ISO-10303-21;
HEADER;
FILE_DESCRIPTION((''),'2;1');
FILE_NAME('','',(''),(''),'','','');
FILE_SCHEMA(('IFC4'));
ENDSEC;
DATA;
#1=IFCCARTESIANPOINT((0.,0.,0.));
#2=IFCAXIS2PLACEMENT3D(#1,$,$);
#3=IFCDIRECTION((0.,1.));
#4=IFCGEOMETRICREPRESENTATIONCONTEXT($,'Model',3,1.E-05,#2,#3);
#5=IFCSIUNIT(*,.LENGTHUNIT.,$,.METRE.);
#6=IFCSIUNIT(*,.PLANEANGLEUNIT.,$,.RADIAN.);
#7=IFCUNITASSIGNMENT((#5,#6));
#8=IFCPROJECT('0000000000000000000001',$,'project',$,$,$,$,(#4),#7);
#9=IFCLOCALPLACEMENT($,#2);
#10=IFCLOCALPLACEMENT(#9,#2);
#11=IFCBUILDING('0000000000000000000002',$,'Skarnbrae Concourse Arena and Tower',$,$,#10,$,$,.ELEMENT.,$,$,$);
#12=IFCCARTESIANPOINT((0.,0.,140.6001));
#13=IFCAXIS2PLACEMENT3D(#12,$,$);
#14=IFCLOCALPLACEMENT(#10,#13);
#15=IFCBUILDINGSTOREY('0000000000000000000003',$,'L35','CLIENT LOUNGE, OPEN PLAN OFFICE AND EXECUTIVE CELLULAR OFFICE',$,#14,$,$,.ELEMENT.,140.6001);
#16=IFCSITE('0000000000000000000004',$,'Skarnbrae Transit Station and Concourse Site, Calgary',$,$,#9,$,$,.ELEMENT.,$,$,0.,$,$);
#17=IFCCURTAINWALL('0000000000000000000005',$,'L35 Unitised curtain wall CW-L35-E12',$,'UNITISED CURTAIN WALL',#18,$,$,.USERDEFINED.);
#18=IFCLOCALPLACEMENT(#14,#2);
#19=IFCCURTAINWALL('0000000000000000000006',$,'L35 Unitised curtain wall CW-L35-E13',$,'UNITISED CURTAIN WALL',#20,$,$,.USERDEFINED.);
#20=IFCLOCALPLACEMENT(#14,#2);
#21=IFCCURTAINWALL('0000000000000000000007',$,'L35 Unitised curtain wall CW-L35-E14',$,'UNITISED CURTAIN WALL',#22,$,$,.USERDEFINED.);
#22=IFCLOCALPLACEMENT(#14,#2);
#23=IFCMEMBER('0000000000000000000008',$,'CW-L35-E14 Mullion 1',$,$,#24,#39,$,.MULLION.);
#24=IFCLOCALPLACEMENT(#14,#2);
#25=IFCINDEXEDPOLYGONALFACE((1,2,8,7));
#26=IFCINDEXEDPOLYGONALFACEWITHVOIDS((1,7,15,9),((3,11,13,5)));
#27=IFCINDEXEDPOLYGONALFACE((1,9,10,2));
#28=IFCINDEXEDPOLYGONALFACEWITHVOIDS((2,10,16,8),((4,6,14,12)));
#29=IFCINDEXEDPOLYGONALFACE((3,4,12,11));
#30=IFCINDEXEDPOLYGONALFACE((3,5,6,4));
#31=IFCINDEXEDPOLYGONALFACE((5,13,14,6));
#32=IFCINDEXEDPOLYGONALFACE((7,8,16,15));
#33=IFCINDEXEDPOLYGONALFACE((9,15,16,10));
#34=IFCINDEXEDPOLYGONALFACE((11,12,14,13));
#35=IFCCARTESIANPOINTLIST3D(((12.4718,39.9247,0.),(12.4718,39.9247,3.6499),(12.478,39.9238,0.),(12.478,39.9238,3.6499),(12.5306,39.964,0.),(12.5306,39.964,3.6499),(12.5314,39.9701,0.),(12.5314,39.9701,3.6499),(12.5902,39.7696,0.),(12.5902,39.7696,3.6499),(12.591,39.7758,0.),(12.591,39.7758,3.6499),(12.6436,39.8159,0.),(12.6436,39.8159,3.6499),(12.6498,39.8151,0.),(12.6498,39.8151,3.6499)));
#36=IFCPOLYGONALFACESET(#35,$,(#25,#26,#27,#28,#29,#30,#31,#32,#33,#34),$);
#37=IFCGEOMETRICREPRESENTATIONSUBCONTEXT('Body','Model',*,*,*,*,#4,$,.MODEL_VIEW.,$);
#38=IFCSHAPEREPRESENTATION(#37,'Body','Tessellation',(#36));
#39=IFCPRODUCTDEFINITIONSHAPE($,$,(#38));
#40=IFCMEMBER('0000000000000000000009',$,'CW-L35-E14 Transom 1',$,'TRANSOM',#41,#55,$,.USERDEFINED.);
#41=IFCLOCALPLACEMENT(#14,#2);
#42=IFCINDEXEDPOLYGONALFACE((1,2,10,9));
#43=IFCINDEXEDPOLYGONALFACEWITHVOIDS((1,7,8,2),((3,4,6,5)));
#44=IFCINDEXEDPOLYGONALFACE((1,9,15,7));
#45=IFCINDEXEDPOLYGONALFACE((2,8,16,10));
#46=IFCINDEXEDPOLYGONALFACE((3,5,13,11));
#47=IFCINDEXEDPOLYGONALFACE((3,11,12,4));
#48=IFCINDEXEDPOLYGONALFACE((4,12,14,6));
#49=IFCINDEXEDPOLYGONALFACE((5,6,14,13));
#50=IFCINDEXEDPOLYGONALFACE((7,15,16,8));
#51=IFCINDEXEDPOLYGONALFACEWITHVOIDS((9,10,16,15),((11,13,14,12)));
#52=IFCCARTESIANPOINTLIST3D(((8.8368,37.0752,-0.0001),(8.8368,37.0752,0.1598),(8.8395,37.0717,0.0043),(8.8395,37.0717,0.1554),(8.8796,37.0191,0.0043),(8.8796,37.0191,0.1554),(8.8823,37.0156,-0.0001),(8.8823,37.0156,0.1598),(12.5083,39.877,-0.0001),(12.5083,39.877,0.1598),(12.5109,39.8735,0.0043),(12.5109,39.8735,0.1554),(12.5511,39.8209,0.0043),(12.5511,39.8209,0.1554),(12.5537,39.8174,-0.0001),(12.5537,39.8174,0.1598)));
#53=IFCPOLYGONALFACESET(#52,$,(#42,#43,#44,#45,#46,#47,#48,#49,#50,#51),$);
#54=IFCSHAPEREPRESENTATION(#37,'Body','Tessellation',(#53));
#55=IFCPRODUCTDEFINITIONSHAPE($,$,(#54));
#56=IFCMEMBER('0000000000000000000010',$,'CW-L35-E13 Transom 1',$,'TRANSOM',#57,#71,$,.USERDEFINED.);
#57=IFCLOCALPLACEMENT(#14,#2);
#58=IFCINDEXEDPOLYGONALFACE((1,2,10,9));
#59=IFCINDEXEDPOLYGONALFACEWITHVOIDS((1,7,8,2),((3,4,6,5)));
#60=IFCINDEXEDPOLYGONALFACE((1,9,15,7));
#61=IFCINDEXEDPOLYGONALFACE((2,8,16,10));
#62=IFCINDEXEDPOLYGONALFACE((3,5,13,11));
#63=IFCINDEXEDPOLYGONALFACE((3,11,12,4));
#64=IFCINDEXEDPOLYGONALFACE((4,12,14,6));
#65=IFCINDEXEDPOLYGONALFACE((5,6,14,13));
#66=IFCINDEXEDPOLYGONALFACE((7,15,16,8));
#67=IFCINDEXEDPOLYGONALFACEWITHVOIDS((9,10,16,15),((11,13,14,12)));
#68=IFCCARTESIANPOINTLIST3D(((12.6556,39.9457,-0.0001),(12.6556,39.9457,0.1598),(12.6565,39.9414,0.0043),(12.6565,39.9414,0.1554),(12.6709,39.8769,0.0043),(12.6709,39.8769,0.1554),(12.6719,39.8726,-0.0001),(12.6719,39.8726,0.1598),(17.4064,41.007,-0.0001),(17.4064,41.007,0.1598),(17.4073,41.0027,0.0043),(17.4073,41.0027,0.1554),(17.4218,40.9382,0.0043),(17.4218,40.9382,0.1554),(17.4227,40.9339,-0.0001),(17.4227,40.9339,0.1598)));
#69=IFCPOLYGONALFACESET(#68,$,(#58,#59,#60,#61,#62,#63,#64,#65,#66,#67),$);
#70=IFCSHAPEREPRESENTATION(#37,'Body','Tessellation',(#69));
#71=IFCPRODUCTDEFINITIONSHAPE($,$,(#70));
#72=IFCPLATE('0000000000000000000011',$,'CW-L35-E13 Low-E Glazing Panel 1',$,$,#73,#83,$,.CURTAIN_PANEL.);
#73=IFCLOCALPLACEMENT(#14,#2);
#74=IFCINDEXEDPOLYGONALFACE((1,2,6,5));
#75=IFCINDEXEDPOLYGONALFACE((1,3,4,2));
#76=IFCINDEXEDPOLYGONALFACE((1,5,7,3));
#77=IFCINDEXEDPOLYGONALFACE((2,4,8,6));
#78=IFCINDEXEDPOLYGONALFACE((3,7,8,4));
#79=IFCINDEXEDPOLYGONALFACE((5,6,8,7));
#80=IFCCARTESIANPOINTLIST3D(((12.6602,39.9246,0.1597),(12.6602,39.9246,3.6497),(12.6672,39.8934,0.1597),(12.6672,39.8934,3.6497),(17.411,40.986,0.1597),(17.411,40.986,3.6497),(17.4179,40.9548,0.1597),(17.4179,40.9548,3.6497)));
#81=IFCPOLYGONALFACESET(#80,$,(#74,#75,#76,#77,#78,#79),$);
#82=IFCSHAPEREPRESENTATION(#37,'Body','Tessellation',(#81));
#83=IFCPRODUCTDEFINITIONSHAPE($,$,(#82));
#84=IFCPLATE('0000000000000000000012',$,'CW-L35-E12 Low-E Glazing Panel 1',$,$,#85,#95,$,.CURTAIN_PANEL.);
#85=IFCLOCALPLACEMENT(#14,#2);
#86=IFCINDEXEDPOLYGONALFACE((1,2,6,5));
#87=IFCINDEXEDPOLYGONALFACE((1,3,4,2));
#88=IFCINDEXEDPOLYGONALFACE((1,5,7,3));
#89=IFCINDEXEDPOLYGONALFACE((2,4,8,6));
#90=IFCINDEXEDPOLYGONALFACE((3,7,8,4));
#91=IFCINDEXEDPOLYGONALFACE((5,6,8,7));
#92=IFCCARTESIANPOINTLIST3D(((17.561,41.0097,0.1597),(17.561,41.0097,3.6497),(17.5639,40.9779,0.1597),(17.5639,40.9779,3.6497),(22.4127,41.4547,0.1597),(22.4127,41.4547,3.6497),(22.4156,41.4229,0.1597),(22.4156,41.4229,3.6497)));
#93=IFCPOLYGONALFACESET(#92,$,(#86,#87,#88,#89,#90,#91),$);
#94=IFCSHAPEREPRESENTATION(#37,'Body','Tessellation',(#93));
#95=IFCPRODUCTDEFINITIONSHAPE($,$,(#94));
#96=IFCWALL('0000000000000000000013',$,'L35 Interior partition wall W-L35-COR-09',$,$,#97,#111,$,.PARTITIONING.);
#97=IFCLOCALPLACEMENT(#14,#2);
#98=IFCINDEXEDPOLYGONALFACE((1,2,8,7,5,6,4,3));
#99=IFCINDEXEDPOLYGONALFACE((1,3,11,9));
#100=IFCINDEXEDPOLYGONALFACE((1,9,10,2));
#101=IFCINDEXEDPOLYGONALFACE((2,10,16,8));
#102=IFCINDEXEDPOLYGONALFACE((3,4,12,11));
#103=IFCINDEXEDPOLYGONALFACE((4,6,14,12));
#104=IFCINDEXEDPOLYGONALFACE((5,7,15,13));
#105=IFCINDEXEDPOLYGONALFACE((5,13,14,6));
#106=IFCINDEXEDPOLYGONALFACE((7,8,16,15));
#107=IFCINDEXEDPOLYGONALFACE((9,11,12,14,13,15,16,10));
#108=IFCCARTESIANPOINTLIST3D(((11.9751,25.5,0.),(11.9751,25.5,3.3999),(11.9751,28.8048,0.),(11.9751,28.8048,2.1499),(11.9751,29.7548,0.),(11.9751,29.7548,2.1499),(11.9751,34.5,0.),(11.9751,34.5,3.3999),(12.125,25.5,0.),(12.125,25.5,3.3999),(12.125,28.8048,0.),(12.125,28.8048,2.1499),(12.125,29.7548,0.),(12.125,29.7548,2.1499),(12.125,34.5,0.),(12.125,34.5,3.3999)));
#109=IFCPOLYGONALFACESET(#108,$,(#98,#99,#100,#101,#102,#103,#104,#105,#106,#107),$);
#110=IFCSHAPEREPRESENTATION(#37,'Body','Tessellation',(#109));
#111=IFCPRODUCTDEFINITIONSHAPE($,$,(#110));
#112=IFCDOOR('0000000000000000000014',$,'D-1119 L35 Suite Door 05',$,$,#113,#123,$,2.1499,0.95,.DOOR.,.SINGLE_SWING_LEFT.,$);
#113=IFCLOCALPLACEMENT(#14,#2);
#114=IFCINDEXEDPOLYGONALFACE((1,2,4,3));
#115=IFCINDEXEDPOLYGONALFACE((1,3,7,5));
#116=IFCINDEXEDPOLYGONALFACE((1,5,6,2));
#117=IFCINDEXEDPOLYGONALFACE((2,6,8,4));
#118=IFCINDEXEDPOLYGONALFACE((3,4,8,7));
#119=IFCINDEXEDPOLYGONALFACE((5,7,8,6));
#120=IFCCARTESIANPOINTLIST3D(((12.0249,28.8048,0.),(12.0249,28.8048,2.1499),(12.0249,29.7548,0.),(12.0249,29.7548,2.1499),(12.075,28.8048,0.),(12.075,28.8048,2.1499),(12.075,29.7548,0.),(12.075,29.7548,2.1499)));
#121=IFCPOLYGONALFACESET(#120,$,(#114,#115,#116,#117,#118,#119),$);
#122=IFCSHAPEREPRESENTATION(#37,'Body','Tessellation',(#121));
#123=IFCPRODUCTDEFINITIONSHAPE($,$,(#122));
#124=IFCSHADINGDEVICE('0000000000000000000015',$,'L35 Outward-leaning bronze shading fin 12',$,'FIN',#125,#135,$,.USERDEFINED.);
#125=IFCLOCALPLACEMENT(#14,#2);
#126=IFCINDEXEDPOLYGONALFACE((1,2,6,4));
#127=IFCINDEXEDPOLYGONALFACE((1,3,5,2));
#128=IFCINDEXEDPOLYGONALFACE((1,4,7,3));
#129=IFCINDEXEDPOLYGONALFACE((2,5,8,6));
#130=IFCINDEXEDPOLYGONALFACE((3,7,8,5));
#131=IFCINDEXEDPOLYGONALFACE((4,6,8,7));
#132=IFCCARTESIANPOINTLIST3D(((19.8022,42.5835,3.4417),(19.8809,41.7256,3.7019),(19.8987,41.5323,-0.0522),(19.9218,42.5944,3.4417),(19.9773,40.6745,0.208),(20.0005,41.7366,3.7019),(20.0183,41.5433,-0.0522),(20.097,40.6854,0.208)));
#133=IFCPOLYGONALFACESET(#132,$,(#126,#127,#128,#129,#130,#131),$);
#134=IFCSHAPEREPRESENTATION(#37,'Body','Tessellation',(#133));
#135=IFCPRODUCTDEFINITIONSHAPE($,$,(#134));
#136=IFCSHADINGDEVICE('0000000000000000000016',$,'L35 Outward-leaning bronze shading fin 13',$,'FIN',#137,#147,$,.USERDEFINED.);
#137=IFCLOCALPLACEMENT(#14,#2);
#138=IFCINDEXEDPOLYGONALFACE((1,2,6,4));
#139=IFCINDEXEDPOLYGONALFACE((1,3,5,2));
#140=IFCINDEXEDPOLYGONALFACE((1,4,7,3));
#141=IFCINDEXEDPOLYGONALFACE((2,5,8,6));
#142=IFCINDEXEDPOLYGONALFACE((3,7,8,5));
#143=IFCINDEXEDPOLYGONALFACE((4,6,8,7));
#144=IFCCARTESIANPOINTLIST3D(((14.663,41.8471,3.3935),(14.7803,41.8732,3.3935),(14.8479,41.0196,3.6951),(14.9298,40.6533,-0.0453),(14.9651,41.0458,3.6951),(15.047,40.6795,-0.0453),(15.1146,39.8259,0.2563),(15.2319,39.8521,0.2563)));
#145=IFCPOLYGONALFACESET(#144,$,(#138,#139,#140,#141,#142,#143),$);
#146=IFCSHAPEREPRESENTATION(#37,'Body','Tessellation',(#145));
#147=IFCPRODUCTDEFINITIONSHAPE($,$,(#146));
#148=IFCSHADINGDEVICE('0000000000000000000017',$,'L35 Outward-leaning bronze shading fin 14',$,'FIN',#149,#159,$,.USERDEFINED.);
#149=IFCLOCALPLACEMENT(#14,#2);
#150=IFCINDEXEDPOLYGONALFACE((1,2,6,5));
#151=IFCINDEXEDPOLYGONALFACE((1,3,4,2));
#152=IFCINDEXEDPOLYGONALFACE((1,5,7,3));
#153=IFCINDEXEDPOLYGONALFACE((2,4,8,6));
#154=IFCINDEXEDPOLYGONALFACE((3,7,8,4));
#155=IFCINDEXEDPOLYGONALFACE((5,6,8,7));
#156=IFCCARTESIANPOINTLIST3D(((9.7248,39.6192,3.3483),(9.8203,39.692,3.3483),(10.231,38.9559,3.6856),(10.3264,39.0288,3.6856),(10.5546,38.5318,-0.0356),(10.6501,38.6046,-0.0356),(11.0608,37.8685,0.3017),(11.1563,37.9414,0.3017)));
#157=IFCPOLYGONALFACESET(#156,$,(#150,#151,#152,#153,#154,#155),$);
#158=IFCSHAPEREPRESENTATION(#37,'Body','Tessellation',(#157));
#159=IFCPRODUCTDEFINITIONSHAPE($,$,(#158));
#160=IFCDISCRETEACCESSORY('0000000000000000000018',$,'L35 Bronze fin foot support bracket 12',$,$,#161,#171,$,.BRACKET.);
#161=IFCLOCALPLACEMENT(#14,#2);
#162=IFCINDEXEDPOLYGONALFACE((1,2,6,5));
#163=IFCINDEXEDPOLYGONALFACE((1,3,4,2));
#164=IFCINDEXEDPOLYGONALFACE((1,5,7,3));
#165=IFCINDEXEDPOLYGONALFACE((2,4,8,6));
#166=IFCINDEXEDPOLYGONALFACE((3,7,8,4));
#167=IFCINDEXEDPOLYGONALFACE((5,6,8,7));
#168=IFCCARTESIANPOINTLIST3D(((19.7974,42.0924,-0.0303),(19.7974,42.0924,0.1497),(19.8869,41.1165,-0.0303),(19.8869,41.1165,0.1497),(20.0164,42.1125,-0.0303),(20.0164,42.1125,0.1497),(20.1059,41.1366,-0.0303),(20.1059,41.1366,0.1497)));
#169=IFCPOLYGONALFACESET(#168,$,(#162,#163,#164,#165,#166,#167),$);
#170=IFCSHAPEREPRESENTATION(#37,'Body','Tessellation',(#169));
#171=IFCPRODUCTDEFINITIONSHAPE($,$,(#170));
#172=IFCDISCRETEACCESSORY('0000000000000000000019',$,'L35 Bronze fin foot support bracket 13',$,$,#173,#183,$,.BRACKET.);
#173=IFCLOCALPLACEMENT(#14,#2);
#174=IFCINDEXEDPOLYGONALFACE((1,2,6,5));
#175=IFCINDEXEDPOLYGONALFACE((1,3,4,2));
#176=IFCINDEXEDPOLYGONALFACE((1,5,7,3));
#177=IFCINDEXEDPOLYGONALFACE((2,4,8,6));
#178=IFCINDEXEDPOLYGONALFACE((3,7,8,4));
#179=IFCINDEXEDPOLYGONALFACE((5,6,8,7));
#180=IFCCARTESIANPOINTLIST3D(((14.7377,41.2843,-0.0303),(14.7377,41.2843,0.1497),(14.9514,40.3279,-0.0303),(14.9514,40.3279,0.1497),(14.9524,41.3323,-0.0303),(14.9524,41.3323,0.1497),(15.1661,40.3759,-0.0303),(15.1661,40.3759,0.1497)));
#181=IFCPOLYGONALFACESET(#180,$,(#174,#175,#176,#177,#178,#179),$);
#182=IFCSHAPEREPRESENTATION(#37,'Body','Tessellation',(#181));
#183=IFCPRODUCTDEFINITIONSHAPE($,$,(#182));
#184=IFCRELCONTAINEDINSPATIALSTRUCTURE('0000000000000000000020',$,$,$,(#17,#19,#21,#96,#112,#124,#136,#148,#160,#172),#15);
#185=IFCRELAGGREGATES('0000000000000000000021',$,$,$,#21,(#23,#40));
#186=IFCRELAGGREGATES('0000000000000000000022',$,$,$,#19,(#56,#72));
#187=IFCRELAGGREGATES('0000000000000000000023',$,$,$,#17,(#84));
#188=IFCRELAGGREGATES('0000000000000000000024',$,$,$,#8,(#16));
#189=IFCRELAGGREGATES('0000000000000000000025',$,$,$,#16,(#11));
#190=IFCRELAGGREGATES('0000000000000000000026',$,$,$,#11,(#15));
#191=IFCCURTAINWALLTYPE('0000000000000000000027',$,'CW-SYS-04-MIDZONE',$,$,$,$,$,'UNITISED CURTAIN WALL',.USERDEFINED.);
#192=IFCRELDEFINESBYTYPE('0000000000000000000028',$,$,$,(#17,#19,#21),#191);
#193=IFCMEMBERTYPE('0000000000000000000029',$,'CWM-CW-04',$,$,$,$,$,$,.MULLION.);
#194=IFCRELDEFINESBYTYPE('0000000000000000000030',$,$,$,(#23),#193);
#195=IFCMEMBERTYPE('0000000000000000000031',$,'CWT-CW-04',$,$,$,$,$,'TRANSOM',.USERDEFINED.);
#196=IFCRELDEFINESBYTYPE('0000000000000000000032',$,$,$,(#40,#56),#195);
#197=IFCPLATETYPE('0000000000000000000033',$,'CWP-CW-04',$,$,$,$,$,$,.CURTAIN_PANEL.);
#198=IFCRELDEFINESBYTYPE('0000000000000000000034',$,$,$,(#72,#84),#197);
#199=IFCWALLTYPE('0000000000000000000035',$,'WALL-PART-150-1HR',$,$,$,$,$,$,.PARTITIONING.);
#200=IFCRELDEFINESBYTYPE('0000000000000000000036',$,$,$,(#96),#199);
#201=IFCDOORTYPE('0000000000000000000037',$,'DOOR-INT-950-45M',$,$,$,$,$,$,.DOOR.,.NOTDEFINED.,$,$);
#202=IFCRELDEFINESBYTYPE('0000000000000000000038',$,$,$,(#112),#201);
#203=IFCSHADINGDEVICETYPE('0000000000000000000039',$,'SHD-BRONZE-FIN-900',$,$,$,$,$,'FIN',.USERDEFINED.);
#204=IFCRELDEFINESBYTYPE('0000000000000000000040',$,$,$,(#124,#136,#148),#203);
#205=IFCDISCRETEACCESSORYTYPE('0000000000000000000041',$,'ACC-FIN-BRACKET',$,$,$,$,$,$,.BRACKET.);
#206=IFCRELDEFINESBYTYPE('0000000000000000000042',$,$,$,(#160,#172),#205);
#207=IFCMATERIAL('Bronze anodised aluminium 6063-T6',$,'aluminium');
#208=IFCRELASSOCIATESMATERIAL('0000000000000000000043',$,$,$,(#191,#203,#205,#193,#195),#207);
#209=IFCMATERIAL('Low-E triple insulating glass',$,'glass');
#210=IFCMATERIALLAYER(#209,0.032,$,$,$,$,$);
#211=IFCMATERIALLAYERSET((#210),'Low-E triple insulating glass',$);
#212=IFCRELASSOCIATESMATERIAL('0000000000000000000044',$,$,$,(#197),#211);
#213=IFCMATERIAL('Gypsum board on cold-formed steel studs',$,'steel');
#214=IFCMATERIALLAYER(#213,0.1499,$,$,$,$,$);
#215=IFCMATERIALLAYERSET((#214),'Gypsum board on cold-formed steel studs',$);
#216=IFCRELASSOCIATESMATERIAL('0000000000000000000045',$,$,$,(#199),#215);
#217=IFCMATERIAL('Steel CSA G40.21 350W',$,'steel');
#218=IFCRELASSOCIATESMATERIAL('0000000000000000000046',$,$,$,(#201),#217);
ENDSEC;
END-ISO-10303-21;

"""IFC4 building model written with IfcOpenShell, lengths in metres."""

from ifc_helpers import new_model, si_unit, direction, frame, frame_2d, origin, origin_2d, place, context, subcontext, project, spatial, rectangle, hollow_rectangle, extrude, source, transform, mapped, material, layer, layer_set, material_profile, profile_set, type_object, element, fill, aggregate, save


model = new_model("IFC4")

# Units and contexts
model_context = context("Model", 3, precision=1e-05, world=origin(), true_north=direction((0.0, 1.0)))
body_context = subcontext(model_context, "Body", "Model", "MODEL_VIEW")
ifc_project = project(units=[si_unit("LENGTHUNIT", "METRE"), si_unit("PLANEANGLEUNIT", "RADIAN")], contexts=[model_context])

# Site, building, storey
site_placement = place(None, origin())
site = spatial("IfcSite", under=ifc_project, at=site_placement, Name="Skarnbrae Transit Station and Concourse Site, Calgary", CompositionType="ELEMENT", RefElevation=0.0)
building_placement = place(site_placement, origin())
building = spatial("IfcBuilding", under=site, at=building_placement, Name="Skarnbrae Concourse Arena and Tower", CompositionType="ELEMENT")
storey_placement = place(building_placement, frame((0.0, 0.0, 140.6001)))
storey = spatial("IfcBuildingStorey", under=building, at=storey_placement, Name="L35", Description="CLIENT LOUNGE, OPEN PLAN OFFICE AND EXECUTIVE CELLULAR OFFICE", CompositionType="ELEMENT", Elevation=140.6001)

# Shared definitions
ifc_material_1 = material(Name="Steel CSA G40.21 350W", Category="steel")

# Curtain wall
ifc_material_2 = material(Name="Bronze anodised aluminium 6063-T6", Category="aluminium")
curtain_wall_type = type_object("IfcCurtainWallType", Name="CW-SYS-04-MIDZONE", ElementType="UNITISED CURTAIN WALL", PredefinedType="USERDEFINED", material=ifc_material_2)
curtain_wall_1_placement = place(storey_placement, origin())
curtain_wall_1 = element("IfcCurtainWall", 1, at=curtain_wall_1_placement, inside=storey, type_object=curtain_wall_type, Name="L35 Unitised curtain wall CW-L35-E12", ObjectType="UNITISED CURTAIN WALL", PredefinedType="USERDEFINED")
ifc_material_profile_1 = material_profile(ifc_material_2, hollow_rectangle(XDim=0.075, YDim=0.1951, WallThickness=0.0044, at=origin_2d()), Name="ALU-MULL-75X195")
ifc_profile_set_1 = profile_set([ifc_material_profile_1], Name="Bronze anodised aluminium 6063-T6")
member_type_1 = type_object("IfcMemberType", Name="CWM-CW-04", PredefinedType="MULLION", material=ifc_profile_set_1)
shared_shape_1 = source(origin(), body_context, "Body", "SweptSolid", [
    extrude(hollow_rectangle(XDim=0.075, YDim=0.1951, WallThickness=0.0044, at=origin_2d()), origin(), (0.0, 0.0, 1.0), 3.6499),
])

# Curtain walls, members
curtain_wall_2_placement = place(storey_placement, origin())
curtain_wall_2 = element("IfcCurtainWall", 2, at=curtain_wall_2_placement, inside=storey, type_object=curtain_wall_type, Name="L35 Unitised curtain wall CW-L35-E13", ObjectType="UNITISED CURTAIN WALL", PredefinedType="USERDEFINED")
curtain_wall_3_placement = place(storey_placement, origin())
curtain_wall_3 = element("IfcCurtainWall", 3, at=curtain_wall_3_placement, inside=storey, type_object=curtain_wall_type, Name="L35 Unitised curtain wall CW-L35-E14", ObjectType="UNITISED CURTAIN WALL", PredefinedType="USERDEFINED")
member_1_placement = place(storey_placement, frame((12.5608, 39.8699, 0.0), z_axis=(0.0, 0.0, 1.0), x_axis=(-0.794956, -0.606667, 0.0)))
member_1 = element("IfcMember", 4, at=member_1_placement, type_object=member_type_1, Name="CW-L35-E14 Mullion 1", PredefinedType="MULLION", context=body_context, shape_type="MappedRepresentation", body=[
    mapped(shared_shape_1, transform((0.0, 0.0, 0.0))),
])
ifc_material_profile_2 = material_profile(ifc_material_2, hollow_rectangle(XDim=0.075, YDim=0.1599, WallThickness=0.0044, at=origin_2d()), Name="ALU-TRAN-75X160")
ifc_profile_set_2 = profile_set([ifc_material_profile_2], Name="Bronze anodised aluminium 6063-T6")
member_type_2 = type_object("IfcMemberType", Name="CWT-CW-04", ElementType="TRANSOM", PredefinedType="USERDEFINED", material=ifc_profile_set_2)
shared_shape_2 = source(origin(), body_context, "Body", "SweptSolid", [
    extrude(hollow_rectangle(XDim=0.075, YDim=0.1599, WallThickness=0.0044, at=origin_2d()), origin(), (0.0, 0.0, 1.0), 4.6184),
])
member_2_placement = place(storey_placement, frame((12.531, 39.8472, 0.0798), z_axis=(-0.794961, -0.606661, 0.0), x_axis=(0.606661, -0.794961, 0.0)))
member_2 = element("IfcMember", 5, at=member_2_placement, type_object=member_type_2, Name="CW-L35-E14 Transom 1", ObjectType="TRANSOM", PredefinedType="USERDEFINED", context=body_context, shape_type="MappedRepresentation", body=[
    mapped(shared_shape_2, transform((0.0, 0.0, 0.0))),
])
aggregate(curtain_wall_3, [member_1, member_2])

# Member
shared_shape_3 = source(origin(), body_context, "Body", "SweptSolid", [
    extrude(hollow_rectangle(XDim=0.075, YDim=0.1599, WallThickness=0.0044, at=origin_2d()), origin(), (0.0, 0.0, 1.0), 4.8679),
])
member_3_placement = place(storey_placement, frame((17.4146, 40.9705, 0.0798), z_axis=(-0.975945, -0.218019, 0.0), x_axis=(0.218019, -0.975945, 0.0)))
member_3 = element("IfcMember", 6, at=member_3_placement, type_object=member_type_2, Name="CW-L35-E13 Transom 1", ObjectType="TRANSOM", PredefinedType="USERDEFINED", context=body_context, shape_type="MappedRepresentation", body=[
    mapped(shared_shape_3, transform((0.0, 0.0, 0.0))),
])

# Plates
ifc_material_3 = material(Name="Low-E triple insulating glass", Category="glass")
ifc_layer_1 = layer(ifc_material_3, 0.032)
ifc_layer_set_1 = layer_set([ifc_layer_1], Name="Low-E triple insulating glass")
plate_type = type_object("IfcPlateType", Name="CWP-CW-04", PredefinedType="CURTAIN_PANEL", material=ifc_layer_set_1)
shared_shape_4 = source(origin(), body_context, "Body", "SweptSolid", [
    extrude(rectangle(XDim=4.8679, YDim=0.032, at=origin_2d()), origin(), (0.0, 0.0, 1.0), 3.49),
])
plate_1_placement = place(storey_placement, frame((15.0391, 40.4397, 0.1597), z_axis=(0.0, 0.0, 1.0), x_axis=(-0.975936, -0.218056, 0.0)))
plate_1 = element("IfcPlate", 7, at=plate_1_placement, type_object=plate_type, Name="CW-L35-E13 Low-E Glazing Panel 1", PredefinedType="CURTAIN_PANEL", context=body_context, shape_type="MappedRepresentation", body=[
    mapped(shared_shape_4, transform((0.0, 0.0, 0.0))),
])
aggregate(curtain_wall_2, [member_3, plate_1])
shared_shape_5 = source(origin(), body_context, "Body", "SweptSolid", [
    extrude(rectangle(XDim=4.8721, YDim=0.032, at=origin_2d()), origin(), (0.0, 0.0, 1.0), 3.49),
])
plate_2_placement = place(storey_placement, frame((19.9883, 41.2163, 0.1597), z_axis=(0.0, 0.0, 1.0), x_axis=(-0.99582, -0.091338, 0.0)))
plate_2 = element("IfcPlate", 8, at=plate_2_placement, type_object=plate_type, Name="CW-L35-E12 Low-E Glazing Panel 1", PredefinedType="CURTAIN_PANEL", context=body_context, shape_type="MappedRepresentation", body=[
    mapped(shared_shape_5, transform((0.0, 0.0, 0.0))),
])
aggregate(curtain_wall_1, [plate_2])

# Wall, opening, door
ifc_material_4 = material(Name="Gypsum board on cold-formed steel studs", Category="steel")
ifc_layer_2 = layer(ifc_material_4, 0.1499)
ifc_layer_set_2 = layer_set([ifc_layer_2], Name="Gypsum board on cold-formed steel studs")
wall_type = type_object("IfcWallType", Name="WALL-PART-150-1HR", PredefinedType="PARTITIONING", material=ifc_layer_set_2)
shared_shape_6 = source(origin(), body_context, "Body", "SweptSolid", [
    extrude(rectangle(XDim=9.0, YDim=0.1499, at=frame_2d((4.5, 0.0))), origin(), (0.0, 0.0, 1.0), 3.3999),
])
wall_placement = place(storey_placement, frame((12.05, 34.5, 0.0), z_axis=(0.0, 0.0, 1.0), x_axis=(0.0, -1.0, 0.0)))
wall = element("IfcWall", 9, at=wall_placement, inside=storey, type_object=wall_type, Name="L35 Interior partition wall W-L35-COR-09", PredefinedType="PARTITIONING", context=body_context, shape_type="MappedRepresentation", body=[
    mapped(shared_shape_6, transform((0.0, 0.0, 0.0))),
])
opening_placement = place(wall_placement, frame((4.7451, 0.0, 0.0)))
opening = element("IfcOpeningElement", 10, at=opening_placement, cuts=wall, PredefinedType="OPENING", context=body_context, shape_type="SweptSolid", body=[
    extrude(rectangle(XDim=0.95, YDim=2.1499, at=frame_2d((0.4751, 1.075))), frame((0.0, 0.085, 0.0), z_axis=(0.0, -1.0, 0.0), x_axis=(1.0, 0.0, 0.0)), (0.0, 0.0, 1.0), 0.1699),
])
door_type = type_object("IfcDoorType", Name="DOOR-INT-950-45M", OperationType="NOTDEFINED", PredefinedType="DOOR", material=ifc_material_1)
shared_shape_7 = source(origin(), body_context, "Body", "SweptSolid", [
    extrude(rectangle(XDim=0.95, YDim=2.1499, at=frame_2d((0.4751, 1.075))), frame((0.0, 0.0249, 0.0), z_axis=(0.0, -1.0, 0.0), x_axis=(1.0, 0.0, 0.0)), (0.0, 0.0, 1.0), 0.05),
])
door_placement = place(opening_placement, origin())
door = element("IfcDoor", 11, at=door_placement, inside=storey, type_object=door_type, Name="D-1119 L35 Suite Door 05", OperationType="SINGLE_SWING_LEFT", OverallHeight=2.1499, OverallWidth=0.95, PredefinedType="DOOR", context=body_context, shape_type="MappedRepresentation", body=[
    mapped(shared_shape_7, transform((0.0, 0.0, 0.0))),
])
fill(opening, door)

# Shading devices
shading_device_type = type_object("IfcShadingDeviceType", Name="SHD-BRONZE-FIN-900", ElementType="FIN", PredefinedType="USERDEFINED", material=ifc_material_2)
shared_shape_8 = source(origin(), body_context, "Body", "SweptSolid", [
    extrude(rectangle(XDim=0.1201, YDim=0.8999, at=origin_2d()), origin(), (0.0, 0.0, 1.0), 3.6499),
])
for number, where, z_axis, x_axis, name in (
    (12, (19.9978, 41.1089, 0.0779), (-0.026417, 0.28799, 0.957269), (0.995819, 0.091345, 0.0), "L35 Outward-leaning bronze shading fin 12"),
    (13, (15.0808, 40.2527, 0.1055), (-0.073076, 0.327058, 0.942174), (0.975936, 0.218058, 0.0), "L35 Outward-leaning bronze shading fin 13"),
    (14, (10.8555, 38.2366, 0.1331), (-0.22736, 0.297924, 0.927118), (0.794955, 0.606668, 0.0), "L35 Outward-leaning bronze shading fin 14"),
):
    element("IfcShadingDevice", number, at=place(storey_placement, frame(where, z_axis=z_axis, x_axis=x_axis)), inside=storey, type_object=shading_device_type, Name=name, ObjectType="FIN", PredefinedType="USERDEFINED", context=body_context, shape_type="MappedRepresentation", body=[
        mapped(shared_shape_8, transform((0.0, 0.0, 0.0))),
    ])

# Discrete accessories
discrete_accessory_type = type_object("IfcDiscreteAccessoryType", Name="ACC-FIN-BRACKET", PredefinedType="BRACKET", material=ifc_material_2)
shared_shape_9 = source(origin(), body_context, "Body", "SweptSolid", [
    extrude(rectangle(XDim=0.22, YDim=0.98, at=origin_2d()), origin(), (0.0, 0.0, 1.0), 0.1799),
])
for number, where, z_axis, x_axis, name in (
    (15, (19.9517, 41.6145, -0.0303), (0.0, 0.0, 1.0), (0.995819, 0.091345, 0.0), "L35 Bronze fin foot support bracket 12"),
    (16, (14.9519, 40.8301, -0.0303), (0.0, 0.0, 1.0), (0.975936, 0.218058, 0.0), "L35 Bronze fin foot support bracket 13"),
):
    element("IfcDiscreteAccessory", number, at=place(storey_placement, frame(where, z_axis=z_axis, x_axis=x_axis)), inside=storey, type_object=discrete_accessory_type, Name=name, PredefinedType="BRACKET", context=body_context, shape_type="MappedRepresentation", body=[
        mapped(shared_shape_9, transform((0.0, 0.0, 0.0))),
    ])

save(model, "model.ifc")
